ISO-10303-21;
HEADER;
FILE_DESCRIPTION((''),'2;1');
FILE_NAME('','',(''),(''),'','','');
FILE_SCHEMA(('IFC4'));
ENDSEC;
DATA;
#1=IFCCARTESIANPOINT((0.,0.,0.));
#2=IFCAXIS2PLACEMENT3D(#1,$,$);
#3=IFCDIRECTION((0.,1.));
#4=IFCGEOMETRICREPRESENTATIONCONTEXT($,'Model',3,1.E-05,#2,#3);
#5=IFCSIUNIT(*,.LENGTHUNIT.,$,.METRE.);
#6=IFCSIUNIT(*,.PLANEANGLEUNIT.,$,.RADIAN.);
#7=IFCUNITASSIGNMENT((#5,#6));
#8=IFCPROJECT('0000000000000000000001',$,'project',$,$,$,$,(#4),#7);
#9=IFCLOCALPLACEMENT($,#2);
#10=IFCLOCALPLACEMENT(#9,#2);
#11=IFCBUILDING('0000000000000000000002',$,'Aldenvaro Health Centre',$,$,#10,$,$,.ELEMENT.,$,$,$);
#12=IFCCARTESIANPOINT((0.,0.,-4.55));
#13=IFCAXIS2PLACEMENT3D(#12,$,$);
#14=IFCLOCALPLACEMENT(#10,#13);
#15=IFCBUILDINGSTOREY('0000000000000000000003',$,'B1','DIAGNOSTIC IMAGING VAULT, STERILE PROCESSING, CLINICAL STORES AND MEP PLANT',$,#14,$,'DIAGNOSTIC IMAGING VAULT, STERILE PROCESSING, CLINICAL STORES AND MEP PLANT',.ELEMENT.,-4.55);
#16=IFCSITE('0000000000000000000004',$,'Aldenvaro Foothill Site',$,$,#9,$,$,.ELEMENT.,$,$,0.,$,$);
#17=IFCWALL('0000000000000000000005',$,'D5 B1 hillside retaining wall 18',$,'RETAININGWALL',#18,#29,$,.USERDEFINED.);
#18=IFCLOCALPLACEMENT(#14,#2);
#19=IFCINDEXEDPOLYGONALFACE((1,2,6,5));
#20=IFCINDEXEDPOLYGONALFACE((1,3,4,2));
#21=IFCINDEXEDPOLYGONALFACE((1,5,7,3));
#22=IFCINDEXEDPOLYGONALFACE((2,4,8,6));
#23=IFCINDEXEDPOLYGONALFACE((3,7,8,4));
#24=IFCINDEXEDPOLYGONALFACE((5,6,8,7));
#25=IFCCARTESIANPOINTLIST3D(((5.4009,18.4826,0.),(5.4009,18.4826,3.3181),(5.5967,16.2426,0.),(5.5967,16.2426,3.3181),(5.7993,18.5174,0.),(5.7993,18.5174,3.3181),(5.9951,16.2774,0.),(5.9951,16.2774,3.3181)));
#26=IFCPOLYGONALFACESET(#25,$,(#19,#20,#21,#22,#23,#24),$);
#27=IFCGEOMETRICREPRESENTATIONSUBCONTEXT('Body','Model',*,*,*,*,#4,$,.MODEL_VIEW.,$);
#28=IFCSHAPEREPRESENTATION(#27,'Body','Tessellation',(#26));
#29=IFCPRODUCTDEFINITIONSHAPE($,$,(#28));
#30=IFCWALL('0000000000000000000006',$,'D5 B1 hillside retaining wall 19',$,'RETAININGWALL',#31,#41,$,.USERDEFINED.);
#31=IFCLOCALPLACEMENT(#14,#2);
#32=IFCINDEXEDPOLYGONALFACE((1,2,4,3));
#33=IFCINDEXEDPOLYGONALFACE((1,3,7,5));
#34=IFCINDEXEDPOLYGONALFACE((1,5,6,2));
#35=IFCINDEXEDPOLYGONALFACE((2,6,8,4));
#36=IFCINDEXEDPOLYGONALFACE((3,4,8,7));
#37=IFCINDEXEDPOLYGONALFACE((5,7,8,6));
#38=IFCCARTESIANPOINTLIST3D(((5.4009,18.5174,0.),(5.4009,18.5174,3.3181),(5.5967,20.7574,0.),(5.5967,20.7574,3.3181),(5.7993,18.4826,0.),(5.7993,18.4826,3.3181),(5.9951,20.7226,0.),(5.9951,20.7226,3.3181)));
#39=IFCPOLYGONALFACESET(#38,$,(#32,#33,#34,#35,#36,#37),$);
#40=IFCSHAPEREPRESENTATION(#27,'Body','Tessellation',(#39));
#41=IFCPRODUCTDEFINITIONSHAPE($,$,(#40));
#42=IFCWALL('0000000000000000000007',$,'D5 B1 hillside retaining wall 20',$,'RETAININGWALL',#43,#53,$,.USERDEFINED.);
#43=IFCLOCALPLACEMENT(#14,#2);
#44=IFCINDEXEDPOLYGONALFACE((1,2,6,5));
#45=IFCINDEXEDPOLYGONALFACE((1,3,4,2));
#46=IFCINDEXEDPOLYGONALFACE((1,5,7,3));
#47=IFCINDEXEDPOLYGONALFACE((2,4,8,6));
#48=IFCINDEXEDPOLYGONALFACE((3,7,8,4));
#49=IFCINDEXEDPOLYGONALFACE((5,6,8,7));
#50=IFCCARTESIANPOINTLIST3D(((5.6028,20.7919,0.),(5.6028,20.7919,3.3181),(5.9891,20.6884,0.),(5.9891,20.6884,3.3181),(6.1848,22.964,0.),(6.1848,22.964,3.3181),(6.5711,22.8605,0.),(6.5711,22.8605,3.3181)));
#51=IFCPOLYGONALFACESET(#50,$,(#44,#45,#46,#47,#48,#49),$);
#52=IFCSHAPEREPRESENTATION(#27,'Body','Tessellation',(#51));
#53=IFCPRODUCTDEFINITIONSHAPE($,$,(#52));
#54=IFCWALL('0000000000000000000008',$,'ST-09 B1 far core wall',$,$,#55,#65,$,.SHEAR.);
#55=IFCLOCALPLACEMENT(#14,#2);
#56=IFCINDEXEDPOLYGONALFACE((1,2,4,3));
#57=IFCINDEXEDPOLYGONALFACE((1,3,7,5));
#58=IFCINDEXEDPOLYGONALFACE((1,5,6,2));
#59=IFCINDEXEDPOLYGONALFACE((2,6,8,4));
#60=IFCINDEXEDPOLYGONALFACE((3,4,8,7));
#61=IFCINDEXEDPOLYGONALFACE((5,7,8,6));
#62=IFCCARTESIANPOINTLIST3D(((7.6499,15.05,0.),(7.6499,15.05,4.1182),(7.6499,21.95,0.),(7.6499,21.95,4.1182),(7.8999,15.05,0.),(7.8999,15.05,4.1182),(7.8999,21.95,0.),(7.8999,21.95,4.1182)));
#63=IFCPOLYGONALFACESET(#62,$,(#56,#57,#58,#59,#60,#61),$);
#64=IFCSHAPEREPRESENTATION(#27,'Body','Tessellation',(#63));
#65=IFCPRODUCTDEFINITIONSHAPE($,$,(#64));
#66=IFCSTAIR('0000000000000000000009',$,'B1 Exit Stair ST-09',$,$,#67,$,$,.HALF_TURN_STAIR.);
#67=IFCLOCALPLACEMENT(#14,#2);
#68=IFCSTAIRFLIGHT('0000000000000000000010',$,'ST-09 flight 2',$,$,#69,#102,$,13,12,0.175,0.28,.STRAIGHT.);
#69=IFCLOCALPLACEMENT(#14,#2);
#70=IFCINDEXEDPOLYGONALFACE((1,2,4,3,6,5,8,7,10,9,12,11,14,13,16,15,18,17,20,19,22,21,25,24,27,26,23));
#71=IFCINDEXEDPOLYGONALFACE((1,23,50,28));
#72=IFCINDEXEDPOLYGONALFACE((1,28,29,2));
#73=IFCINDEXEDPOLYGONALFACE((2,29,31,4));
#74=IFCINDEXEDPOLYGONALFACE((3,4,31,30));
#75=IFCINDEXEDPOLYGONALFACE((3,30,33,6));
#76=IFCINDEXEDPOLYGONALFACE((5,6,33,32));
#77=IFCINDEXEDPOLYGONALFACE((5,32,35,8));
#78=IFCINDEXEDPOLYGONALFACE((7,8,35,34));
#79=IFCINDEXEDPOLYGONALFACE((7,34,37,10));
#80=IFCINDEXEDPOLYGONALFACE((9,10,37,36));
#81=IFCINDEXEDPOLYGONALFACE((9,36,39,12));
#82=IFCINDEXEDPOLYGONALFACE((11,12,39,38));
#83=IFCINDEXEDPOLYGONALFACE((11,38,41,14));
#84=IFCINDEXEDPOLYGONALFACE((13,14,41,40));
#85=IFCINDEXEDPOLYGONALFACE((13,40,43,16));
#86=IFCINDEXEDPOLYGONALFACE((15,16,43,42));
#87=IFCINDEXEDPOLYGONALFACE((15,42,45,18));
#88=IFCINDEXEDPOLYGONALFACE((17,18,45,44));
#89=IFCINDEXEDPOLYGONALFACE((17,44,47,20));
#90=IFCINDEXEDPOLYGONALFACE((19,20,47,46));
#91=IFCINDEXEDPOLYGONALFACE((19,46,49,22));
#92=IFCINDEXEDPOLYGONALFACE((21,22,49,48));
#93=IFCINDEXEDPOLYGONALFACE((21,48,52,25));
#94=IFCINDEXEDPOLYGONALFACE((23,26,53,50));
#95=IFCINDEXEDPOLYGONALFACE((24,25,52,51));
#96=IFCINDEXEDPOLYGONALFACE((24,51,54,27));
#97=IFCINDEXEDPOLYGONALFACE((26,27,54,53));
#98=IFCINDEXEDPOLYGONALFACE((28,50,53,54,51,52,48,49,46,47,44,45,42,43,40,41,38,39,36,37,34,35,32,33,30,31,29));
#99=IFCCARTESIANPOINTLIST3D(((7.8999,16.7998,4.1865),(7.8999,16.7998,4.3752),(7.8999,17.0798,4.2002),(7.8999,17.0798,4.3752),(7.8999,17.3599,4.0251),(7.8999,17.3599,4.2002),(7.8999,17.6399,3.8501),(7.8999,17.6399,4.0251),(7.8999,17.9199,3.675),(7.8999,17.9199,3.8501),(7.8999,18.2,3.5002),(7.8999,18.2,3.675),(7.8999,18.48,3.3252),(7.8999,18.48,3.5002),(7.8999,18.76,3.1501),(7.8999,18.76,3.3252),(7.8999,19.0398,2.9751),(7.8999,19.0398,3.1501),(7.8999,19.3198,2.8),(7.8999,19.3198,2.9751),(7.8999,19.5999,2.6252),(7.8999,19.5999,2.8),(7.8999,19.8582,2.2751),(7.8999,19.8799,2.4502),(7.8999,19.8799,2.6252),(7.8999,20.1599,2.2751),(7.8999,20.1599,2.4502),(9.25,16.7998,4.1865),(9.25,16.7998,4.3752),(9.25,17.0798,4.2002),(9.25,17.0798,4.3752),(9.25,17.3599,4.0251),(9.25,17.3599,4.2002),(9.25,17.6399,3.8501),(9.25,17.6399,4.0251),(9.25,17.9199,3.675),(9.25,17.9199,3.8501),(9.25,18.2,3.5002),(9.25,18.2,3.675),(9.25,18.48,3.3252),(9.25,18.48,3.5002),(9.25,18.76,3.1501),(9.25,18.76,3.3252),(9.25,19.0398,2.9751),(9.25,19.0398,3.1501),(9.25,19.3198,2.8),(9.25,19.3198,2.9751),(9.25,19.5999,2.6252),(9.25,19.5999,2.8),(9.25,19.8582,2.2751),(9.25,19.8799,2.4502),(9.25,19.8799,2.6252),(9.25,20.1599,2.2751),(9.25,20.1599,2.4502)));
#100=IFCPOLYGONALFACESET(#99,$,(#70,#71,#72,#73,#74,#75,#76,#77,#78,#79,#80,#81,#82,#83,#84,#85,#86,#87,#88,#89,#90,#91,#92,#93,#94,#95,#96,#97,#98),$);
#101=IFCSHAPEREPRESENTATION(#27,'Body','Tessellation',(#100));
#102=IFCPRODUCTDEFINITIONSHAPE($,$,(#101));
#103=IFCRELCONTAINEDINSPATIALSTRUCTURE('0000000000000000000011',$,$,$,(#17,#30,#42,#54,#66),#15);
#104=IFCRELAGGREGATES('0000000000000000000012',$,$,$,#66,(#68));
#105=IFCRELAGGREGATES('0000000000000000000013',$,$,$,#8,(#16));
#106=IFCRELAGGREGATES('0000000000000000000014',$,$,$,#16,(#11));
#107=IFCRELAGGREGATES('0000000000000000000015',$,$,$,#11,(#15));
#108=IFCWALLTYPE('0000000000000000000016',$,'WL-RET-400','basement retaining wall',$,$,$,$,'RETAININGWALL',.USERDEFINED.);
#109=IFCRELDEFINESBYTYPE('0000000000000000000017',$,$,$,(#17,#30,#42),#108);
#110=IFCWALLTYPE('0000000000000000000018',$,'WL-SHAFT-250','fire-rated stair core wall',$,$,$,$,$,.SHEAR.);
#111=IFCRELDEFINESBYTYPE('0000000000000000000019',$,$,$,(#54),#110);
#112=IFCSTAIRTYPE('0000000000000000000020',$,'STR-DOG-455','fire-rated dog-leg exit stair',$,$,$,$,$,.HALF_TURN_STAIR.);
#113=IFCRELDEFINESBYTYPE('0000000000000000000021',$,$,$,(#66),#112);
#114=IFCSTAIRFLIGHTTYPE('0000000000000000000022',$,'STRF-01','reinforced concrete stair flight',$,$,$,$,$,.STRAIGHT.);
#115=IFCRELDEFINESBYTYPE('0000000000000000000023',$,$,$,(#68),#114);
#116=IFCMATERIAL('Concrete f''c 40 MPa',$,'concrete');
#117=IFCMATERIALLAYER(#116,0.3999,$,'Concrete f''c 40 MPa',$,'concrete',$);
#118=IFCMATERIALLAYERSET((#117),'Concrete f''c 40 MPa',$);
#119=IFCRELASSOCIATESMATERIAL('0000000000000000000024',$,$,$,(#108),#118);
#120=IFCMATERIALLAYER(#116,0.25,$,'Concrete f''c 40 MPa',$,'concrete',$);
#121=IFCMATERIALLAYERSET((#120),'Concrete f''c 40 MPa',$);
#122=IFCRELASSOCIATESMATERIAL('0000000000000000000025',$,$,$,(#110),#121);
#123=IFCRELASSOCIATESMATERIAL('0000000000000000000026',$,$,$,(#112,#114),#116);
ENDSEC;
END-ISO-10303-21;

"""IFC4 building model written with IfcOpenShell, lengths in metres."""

from ifc_helpers import new_model, si_unit, direction, frame, frame_2d, origin, place, context, subcontext, project, spatial, polyline, rectangle, outline, extrude, material, layer, layer_set, type_object, element, aggregate, save


model = new_model("IFC4")

# Units and contexts
model_context = context("Model", 3, precision=1e-05, world=origin(), true_north=direction((0.0, 1.0)))
body_context = subcontext(model_context, "Body", "Model", "MODEL_VIEW")
ifc_project = project(units=[si_unit("LENGTHUNIT", "METRE"), si_unit("PLANEANGLEUNIT", "RADIAN")], contexts=[model_context])

# Site, building, storey
site_placement = place(None, origin())
site = spatial("IfcSite", under=ifc_project, at=site_placement, Name="Aldenvaro Foothill Site", CompositionType="ELEMENT", RefElevation=0.0)
building_placement = place(site_placement, origin())
building = spatial("IfcBuilding", under=site, at=building_placement, Name="Aldenvaro Health Centre", CompositionType="ELEMENT")
storey_placement = place(building_placement, frame((0.0, 0.0, -4.55)))
storey = spatial("IfcBuildingStorey", under=building, at=storey_placement, Name="B1", Description="DIAGNOSTIC IMAGING VAULT, STERILE PROCESSING, CLINICAL STORES AND MEP PLANT", LongName="DIAGNOSTIC IMAGING VAULT, STERILE PROCESSING, CLINICAL STORES AND MEP PLANT", CompositionType="ELEMENT", Elevation=-4.55)

# Shared definitions
ifc_material_1 = material(Name="Concrete f'c 40 MPa", Category="concrete")

# Walls
ifc_layer_1 = layer(ifc_material_1, 0.3999, Name="Concrete f'c 40 MPa", Category="concrete")
ifc_layer_set_1 = layer_set([ifc_layer_1], Name="Concrete f'c 40 MPa")
wall_type_1 = type_object("IfcWallType", Name="WL-RET-400", Description="basement retaining wall", ElementType="RETAININGWALL", PredefinedType="USERDEFINED", material=ifc_layer_set_1)
for number, where, z_axis, x_axis, name in (
    (1, (5.7959, 16.26, 0.0), (0.0, 0.0, 1.0), (-0.087079, 0.996201, 0.0), "D5 B1 hillside retaining wall 18"),
    (2, (5.6001, 18.5, 0.0), (0.0, 0.0, 1.0), (0.087079, 0.996201, 0.0), "D5 B1 hillside retaining wall 19"),
):
    element("IfcWall", number, at=place(storey_placement, frame(where, z_axis=z_axis, x_axis=x_axis)), inside=storey, type_object=wall_type_1, Name=name, ObjectType="RETAININGWALL", PredefinedType="USERDEFINED", context=body_context, shape_type="SweptSolid", body=[
        extrude(rectangle(XDim=2.2485, YDim=0.3999, at=frame_2d((1.1243, 0.0))), origin(), (0.0, 0.0, 1.0), 3.3181),
    ])
wall_1_placement = place(storey_placement, frame((5.7959, 20.74, 0.0), z_axis=(0.0, 0.0, 1.0), x_axis=(0.258825, 0.965924, 0.0)))
element("IfcWall", 3, at=wall_1_placement, inside=storey, type_object=wall_type_1, Name="D5 B1 hillside retaining wall 20", ObjectType="RETAININGWALL", PredefinedType="USERDEFINED", context=body_context, shape_type="SweptSolid", body=[
    extrude(rectangle(XDim=2.2488, YDim=0.3999, at=frame_2d((1.1245, 0.0))), origin(), (0.0, 0.0, 1.0), 3.3181),
])
ifc_layer_2 = layer(ifc_material_1, 0.25, Name="Concrete f'c 40 MPa", Category="concrete")
ifc_layer_set_2 = layer_set([ifc_layer_2], Name="Concrete f'c 40 MPa")
wall_type_2 = type_object("IfcWallType", Name="WL-SHAFT-250", Description="fire-rated stair core wall", PredefinedType="SHEAR", material=ifc_layer_set_2)
wall_2_placement = place(storey_placement, frame((7.7749, 15.05, 0.0), z_axis=(0.0, 0.0, 1.0), x_axis=(0.0, 1.0, 0.0)))
element("IfcWall", 4, at=wall_2_placement, inside=storey, type_object=wall_type_2, Name="ST-09 B1 far core wall", PredefinedType="SHEAR", context=body_context, shape_type="SweptSolid", body=[
    extrude(rectangle(XDim=6.8999, YDim=0.25, at=frame_2d((3.45, 0.0))), origin(), (0.0, 0.0, 1.0), 4.1182),
])

# Stair, stair flight
stair_type = type_object("IfcStairType", Name="STR-DOG-455", Description="fire-rated dog-leg exit stair", PredefinedType="HALF_TURN_STAIR", material=ifc_material_1)
stair_placement = place(storey_placement, origin())
stair = element("IfcStair", 5, at=stair_placement, inside=storey, type_object=stair_type, Name="B1 Exit Stair ST-09", PredefinedType="HALF_TURN_STAIR")
stair_flight_type = type_object("IfcStairFlightType", Name="STRF-01", Description="reinforced concrete stair flight", PredefinedType="STRAIGHT", material=ifc_material_1)
stair_flight_placement = place(storey_placement, frame((8.575, 20.1599, 2.2751), z_axis=(0.0, 0.0, 1.0), x_axis=(0.0, -1.0, 0.0)))
stair_flight = element("IfcStairFlight", 6, at=stair_flight_placement, type_object=stair_flight_type, Name="ST-09 flight 2", NumberOfRisers=13, NumberOfTreads=12, PredefinedType="STRAIGHT", RiserHeight=0.175, TreadLength=0.28, context=body_context, shape_type="SweptSolid", body=[
    extrude(outline(polyline([(0.0, 0.0), (0.0, 0.175), (0.28, 0.175), (0.28, 0.3501), (0.5601, 0.3501), (0.5601, 0.5249), (0.8401, 0.5249), (0.8401, 0.7), (1.1201, 0.7), (1.1201, 0.875), (1.3999, 0.875), (1.3999, 1.05), (1.6799, 1.05), (1.6799, 1.2251), (1.96, 1.2251), (1.96, 1.3999), (2.24, 1.3999), (2.24, 1.575), (2.52, 1.575), (2.52, 1.75), (2.8, 1.75), (2.8, 1.925), (3.0801, 1.925), (3.0801, 2.1001), (3.3601, 2.1001), (3.3601, 2.2749), (3.3601, 1.9114), (0.3018, 0.0), (0.0, 0.0)])), frame((0.0, 0.675, 0.0), z_axis=(0.0, -1.0, 0.0), x_axis=(1.0, 0.0, 0.0)), (0.0, 0.0, 1.0), 1.3501),
])
aggregate(stair, [stair_flight])

save(model, "model.ifc")
